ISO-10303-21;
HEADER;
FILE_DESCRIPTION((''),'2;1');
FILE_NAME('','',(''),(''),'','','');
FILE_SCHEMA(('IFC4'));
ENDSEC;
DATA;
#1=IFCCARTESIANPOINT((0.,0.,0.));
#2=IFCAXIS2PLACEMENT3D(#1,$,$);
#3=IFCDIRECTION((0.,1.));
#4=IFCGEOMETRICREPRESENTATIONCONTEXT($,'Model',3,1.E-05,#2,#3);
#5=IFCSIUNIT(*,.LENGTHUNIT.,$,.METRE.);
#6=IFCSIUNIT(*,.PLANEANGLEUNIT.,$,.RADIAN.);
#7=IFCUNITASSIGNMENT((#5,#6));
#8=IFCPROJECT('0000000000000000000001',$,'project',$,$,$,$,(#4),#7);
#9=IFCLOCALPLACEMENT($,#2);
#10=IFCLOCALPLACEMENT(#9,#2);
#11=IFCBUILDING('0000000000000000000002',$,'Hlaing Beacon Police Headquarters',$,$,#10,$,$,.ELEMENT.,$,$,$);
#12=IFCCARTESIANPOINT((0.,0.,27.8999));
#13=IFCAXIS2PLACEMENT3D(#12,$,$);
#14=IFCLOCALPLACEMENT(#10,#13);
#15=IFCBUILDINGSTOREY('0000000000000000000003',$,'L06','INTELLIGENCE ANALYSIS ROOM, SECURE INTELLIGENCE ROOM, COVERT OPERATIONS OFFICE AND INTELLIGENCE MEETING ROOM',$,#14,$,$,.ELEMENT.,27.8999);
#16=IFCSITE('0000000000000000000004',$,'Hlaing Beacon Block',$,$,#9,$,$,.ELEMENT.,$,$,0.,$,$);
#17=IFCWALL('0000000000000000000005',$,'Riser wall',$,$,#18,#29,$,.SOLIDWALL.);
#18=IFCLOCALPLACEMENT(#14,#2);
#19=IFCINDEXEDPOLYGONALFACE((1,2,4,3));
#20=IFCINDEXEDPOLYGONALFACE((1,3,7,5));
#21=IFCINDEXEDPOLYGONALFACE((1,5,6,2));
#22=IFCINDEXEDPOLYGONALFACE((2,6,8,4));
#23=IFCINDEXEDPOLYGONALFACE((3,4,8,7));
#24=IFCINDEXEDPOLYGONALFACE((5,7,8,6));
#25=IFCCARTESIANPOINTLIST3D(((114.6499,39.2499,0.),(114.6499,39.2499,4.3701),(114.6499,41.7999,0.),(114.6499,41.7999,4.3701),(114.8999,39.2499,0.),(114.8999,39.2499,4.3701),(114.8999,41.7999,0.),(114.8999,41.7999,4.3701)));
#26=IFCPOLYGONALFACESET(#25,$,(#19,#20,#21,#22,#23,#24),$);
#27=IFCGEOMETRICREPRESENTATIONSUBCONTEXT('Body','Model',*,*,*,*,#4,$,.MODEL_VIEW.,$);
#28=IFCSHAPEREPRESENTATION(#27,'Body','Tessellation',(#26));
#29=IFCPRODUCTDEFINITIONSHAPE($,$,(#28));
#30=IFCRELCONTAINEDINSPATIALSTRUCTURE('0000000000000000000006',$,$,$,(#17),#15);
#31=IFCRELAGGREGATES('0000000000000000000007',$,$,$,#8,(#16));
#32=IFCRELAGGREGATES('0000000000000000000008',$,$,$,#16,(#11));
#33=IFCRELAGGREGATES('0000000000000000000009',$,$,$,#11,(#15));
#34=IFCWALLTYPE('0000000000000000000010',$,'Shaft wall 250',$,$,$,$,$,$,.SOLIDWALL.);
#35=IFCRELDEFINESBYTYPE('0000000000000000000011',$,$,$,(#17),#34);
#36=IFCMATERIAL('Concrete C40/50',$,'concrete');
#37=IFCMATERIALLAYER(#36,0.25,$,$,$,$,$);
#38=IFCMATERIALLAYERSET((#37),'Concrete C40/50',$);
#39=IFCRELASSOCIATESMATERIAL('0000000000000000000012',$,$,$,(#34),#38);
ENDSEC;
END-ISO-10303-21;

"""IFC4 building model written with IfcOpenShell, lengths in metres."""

from ifc_helpers import new_model, si_unit, direction, frame, frame_2d, origin, place, context, subcontext, project, spatial, rectangle, extrude, material, layer, layer_set, type_object, element, save


model = new_model("IFC4")

# Units and contexts
model_context = context("Model", 3, precision=1e-05, world=origin(), true_north=direction((0.0, 1.0)))
body_context = subcontext(model_context, "Body", "Model", "MODEL_VIEW")
ifc_project = project(units=[si_unit("LENGTHUNIT", "METRE"), si_unit("PLANEANGLEUNIT", "RADIAN")], contexts=[model_context])

# Site, building, storey
site_placement = place(None, origin())
site = spatial("IfcSite", under=ifc_project, at=site_placement, Name="Hlaing Beacon Block", CompositionType="ELEMENT", RefElevation=0.0)
building_placement = place(site_placement, origin())
building = spatial("IfcBuilding", under=site, at=building_placement, Name="Hlaing Beacon Police Headquarters", CompositionType="ELEMENT")
storey_placement = place(building_placement, frame((0.0, 0.0, 27.8999)))
storey = spatial("IfcBuildingStorey", under=building, at=storey_placement, Name="L06", Description="INTELLIGENCE ANALYSIS ROOM, SECURE INTELLIGENCE ROOM, COVERT OPERATIONS OFFICE AND INTELLIGENCE MEETING ROOM", CompositionType="ELEMENT", Elevation=27.8999)

# Shared definitions
ifc_material_1 = material(Name="Concrete C40/50", Category="concrete")
ifc_layer_1 = layer(ifc_material_1, 0.25)
ifc_layer_set_1 = layer_set([ifc_layer_1], Name="Concrete C40/50")
wall_type_1 = type_object("IfcWallType", Name="Shaft wall 250", PredefinedType="SOLIDWALL", material=ifc_layer_set_1)

# Wall
wall_1_placement = place(storey_placement, frame((114.7749, 39.25, 0.0), z_axis=(0.0, 0.0, 1.0), x_axis=(0.0, 1.0, 0.0)))
element("IfcWall", 1, at=wall_1_placement, inside=storey, type_object=wall_type_1, Name="Riser wall", PredefinedType="SOLIDWALL", context=body_context, shape_type="SweptSolid", body=[
    extrude(rectangle(XDim=2.55, YDim=0.25, at=frame_2d((1.2749, 0.0))), origin(), (0.0, 0.0, 1.0), 4.3701),
])

save(model, "model.ifc")
